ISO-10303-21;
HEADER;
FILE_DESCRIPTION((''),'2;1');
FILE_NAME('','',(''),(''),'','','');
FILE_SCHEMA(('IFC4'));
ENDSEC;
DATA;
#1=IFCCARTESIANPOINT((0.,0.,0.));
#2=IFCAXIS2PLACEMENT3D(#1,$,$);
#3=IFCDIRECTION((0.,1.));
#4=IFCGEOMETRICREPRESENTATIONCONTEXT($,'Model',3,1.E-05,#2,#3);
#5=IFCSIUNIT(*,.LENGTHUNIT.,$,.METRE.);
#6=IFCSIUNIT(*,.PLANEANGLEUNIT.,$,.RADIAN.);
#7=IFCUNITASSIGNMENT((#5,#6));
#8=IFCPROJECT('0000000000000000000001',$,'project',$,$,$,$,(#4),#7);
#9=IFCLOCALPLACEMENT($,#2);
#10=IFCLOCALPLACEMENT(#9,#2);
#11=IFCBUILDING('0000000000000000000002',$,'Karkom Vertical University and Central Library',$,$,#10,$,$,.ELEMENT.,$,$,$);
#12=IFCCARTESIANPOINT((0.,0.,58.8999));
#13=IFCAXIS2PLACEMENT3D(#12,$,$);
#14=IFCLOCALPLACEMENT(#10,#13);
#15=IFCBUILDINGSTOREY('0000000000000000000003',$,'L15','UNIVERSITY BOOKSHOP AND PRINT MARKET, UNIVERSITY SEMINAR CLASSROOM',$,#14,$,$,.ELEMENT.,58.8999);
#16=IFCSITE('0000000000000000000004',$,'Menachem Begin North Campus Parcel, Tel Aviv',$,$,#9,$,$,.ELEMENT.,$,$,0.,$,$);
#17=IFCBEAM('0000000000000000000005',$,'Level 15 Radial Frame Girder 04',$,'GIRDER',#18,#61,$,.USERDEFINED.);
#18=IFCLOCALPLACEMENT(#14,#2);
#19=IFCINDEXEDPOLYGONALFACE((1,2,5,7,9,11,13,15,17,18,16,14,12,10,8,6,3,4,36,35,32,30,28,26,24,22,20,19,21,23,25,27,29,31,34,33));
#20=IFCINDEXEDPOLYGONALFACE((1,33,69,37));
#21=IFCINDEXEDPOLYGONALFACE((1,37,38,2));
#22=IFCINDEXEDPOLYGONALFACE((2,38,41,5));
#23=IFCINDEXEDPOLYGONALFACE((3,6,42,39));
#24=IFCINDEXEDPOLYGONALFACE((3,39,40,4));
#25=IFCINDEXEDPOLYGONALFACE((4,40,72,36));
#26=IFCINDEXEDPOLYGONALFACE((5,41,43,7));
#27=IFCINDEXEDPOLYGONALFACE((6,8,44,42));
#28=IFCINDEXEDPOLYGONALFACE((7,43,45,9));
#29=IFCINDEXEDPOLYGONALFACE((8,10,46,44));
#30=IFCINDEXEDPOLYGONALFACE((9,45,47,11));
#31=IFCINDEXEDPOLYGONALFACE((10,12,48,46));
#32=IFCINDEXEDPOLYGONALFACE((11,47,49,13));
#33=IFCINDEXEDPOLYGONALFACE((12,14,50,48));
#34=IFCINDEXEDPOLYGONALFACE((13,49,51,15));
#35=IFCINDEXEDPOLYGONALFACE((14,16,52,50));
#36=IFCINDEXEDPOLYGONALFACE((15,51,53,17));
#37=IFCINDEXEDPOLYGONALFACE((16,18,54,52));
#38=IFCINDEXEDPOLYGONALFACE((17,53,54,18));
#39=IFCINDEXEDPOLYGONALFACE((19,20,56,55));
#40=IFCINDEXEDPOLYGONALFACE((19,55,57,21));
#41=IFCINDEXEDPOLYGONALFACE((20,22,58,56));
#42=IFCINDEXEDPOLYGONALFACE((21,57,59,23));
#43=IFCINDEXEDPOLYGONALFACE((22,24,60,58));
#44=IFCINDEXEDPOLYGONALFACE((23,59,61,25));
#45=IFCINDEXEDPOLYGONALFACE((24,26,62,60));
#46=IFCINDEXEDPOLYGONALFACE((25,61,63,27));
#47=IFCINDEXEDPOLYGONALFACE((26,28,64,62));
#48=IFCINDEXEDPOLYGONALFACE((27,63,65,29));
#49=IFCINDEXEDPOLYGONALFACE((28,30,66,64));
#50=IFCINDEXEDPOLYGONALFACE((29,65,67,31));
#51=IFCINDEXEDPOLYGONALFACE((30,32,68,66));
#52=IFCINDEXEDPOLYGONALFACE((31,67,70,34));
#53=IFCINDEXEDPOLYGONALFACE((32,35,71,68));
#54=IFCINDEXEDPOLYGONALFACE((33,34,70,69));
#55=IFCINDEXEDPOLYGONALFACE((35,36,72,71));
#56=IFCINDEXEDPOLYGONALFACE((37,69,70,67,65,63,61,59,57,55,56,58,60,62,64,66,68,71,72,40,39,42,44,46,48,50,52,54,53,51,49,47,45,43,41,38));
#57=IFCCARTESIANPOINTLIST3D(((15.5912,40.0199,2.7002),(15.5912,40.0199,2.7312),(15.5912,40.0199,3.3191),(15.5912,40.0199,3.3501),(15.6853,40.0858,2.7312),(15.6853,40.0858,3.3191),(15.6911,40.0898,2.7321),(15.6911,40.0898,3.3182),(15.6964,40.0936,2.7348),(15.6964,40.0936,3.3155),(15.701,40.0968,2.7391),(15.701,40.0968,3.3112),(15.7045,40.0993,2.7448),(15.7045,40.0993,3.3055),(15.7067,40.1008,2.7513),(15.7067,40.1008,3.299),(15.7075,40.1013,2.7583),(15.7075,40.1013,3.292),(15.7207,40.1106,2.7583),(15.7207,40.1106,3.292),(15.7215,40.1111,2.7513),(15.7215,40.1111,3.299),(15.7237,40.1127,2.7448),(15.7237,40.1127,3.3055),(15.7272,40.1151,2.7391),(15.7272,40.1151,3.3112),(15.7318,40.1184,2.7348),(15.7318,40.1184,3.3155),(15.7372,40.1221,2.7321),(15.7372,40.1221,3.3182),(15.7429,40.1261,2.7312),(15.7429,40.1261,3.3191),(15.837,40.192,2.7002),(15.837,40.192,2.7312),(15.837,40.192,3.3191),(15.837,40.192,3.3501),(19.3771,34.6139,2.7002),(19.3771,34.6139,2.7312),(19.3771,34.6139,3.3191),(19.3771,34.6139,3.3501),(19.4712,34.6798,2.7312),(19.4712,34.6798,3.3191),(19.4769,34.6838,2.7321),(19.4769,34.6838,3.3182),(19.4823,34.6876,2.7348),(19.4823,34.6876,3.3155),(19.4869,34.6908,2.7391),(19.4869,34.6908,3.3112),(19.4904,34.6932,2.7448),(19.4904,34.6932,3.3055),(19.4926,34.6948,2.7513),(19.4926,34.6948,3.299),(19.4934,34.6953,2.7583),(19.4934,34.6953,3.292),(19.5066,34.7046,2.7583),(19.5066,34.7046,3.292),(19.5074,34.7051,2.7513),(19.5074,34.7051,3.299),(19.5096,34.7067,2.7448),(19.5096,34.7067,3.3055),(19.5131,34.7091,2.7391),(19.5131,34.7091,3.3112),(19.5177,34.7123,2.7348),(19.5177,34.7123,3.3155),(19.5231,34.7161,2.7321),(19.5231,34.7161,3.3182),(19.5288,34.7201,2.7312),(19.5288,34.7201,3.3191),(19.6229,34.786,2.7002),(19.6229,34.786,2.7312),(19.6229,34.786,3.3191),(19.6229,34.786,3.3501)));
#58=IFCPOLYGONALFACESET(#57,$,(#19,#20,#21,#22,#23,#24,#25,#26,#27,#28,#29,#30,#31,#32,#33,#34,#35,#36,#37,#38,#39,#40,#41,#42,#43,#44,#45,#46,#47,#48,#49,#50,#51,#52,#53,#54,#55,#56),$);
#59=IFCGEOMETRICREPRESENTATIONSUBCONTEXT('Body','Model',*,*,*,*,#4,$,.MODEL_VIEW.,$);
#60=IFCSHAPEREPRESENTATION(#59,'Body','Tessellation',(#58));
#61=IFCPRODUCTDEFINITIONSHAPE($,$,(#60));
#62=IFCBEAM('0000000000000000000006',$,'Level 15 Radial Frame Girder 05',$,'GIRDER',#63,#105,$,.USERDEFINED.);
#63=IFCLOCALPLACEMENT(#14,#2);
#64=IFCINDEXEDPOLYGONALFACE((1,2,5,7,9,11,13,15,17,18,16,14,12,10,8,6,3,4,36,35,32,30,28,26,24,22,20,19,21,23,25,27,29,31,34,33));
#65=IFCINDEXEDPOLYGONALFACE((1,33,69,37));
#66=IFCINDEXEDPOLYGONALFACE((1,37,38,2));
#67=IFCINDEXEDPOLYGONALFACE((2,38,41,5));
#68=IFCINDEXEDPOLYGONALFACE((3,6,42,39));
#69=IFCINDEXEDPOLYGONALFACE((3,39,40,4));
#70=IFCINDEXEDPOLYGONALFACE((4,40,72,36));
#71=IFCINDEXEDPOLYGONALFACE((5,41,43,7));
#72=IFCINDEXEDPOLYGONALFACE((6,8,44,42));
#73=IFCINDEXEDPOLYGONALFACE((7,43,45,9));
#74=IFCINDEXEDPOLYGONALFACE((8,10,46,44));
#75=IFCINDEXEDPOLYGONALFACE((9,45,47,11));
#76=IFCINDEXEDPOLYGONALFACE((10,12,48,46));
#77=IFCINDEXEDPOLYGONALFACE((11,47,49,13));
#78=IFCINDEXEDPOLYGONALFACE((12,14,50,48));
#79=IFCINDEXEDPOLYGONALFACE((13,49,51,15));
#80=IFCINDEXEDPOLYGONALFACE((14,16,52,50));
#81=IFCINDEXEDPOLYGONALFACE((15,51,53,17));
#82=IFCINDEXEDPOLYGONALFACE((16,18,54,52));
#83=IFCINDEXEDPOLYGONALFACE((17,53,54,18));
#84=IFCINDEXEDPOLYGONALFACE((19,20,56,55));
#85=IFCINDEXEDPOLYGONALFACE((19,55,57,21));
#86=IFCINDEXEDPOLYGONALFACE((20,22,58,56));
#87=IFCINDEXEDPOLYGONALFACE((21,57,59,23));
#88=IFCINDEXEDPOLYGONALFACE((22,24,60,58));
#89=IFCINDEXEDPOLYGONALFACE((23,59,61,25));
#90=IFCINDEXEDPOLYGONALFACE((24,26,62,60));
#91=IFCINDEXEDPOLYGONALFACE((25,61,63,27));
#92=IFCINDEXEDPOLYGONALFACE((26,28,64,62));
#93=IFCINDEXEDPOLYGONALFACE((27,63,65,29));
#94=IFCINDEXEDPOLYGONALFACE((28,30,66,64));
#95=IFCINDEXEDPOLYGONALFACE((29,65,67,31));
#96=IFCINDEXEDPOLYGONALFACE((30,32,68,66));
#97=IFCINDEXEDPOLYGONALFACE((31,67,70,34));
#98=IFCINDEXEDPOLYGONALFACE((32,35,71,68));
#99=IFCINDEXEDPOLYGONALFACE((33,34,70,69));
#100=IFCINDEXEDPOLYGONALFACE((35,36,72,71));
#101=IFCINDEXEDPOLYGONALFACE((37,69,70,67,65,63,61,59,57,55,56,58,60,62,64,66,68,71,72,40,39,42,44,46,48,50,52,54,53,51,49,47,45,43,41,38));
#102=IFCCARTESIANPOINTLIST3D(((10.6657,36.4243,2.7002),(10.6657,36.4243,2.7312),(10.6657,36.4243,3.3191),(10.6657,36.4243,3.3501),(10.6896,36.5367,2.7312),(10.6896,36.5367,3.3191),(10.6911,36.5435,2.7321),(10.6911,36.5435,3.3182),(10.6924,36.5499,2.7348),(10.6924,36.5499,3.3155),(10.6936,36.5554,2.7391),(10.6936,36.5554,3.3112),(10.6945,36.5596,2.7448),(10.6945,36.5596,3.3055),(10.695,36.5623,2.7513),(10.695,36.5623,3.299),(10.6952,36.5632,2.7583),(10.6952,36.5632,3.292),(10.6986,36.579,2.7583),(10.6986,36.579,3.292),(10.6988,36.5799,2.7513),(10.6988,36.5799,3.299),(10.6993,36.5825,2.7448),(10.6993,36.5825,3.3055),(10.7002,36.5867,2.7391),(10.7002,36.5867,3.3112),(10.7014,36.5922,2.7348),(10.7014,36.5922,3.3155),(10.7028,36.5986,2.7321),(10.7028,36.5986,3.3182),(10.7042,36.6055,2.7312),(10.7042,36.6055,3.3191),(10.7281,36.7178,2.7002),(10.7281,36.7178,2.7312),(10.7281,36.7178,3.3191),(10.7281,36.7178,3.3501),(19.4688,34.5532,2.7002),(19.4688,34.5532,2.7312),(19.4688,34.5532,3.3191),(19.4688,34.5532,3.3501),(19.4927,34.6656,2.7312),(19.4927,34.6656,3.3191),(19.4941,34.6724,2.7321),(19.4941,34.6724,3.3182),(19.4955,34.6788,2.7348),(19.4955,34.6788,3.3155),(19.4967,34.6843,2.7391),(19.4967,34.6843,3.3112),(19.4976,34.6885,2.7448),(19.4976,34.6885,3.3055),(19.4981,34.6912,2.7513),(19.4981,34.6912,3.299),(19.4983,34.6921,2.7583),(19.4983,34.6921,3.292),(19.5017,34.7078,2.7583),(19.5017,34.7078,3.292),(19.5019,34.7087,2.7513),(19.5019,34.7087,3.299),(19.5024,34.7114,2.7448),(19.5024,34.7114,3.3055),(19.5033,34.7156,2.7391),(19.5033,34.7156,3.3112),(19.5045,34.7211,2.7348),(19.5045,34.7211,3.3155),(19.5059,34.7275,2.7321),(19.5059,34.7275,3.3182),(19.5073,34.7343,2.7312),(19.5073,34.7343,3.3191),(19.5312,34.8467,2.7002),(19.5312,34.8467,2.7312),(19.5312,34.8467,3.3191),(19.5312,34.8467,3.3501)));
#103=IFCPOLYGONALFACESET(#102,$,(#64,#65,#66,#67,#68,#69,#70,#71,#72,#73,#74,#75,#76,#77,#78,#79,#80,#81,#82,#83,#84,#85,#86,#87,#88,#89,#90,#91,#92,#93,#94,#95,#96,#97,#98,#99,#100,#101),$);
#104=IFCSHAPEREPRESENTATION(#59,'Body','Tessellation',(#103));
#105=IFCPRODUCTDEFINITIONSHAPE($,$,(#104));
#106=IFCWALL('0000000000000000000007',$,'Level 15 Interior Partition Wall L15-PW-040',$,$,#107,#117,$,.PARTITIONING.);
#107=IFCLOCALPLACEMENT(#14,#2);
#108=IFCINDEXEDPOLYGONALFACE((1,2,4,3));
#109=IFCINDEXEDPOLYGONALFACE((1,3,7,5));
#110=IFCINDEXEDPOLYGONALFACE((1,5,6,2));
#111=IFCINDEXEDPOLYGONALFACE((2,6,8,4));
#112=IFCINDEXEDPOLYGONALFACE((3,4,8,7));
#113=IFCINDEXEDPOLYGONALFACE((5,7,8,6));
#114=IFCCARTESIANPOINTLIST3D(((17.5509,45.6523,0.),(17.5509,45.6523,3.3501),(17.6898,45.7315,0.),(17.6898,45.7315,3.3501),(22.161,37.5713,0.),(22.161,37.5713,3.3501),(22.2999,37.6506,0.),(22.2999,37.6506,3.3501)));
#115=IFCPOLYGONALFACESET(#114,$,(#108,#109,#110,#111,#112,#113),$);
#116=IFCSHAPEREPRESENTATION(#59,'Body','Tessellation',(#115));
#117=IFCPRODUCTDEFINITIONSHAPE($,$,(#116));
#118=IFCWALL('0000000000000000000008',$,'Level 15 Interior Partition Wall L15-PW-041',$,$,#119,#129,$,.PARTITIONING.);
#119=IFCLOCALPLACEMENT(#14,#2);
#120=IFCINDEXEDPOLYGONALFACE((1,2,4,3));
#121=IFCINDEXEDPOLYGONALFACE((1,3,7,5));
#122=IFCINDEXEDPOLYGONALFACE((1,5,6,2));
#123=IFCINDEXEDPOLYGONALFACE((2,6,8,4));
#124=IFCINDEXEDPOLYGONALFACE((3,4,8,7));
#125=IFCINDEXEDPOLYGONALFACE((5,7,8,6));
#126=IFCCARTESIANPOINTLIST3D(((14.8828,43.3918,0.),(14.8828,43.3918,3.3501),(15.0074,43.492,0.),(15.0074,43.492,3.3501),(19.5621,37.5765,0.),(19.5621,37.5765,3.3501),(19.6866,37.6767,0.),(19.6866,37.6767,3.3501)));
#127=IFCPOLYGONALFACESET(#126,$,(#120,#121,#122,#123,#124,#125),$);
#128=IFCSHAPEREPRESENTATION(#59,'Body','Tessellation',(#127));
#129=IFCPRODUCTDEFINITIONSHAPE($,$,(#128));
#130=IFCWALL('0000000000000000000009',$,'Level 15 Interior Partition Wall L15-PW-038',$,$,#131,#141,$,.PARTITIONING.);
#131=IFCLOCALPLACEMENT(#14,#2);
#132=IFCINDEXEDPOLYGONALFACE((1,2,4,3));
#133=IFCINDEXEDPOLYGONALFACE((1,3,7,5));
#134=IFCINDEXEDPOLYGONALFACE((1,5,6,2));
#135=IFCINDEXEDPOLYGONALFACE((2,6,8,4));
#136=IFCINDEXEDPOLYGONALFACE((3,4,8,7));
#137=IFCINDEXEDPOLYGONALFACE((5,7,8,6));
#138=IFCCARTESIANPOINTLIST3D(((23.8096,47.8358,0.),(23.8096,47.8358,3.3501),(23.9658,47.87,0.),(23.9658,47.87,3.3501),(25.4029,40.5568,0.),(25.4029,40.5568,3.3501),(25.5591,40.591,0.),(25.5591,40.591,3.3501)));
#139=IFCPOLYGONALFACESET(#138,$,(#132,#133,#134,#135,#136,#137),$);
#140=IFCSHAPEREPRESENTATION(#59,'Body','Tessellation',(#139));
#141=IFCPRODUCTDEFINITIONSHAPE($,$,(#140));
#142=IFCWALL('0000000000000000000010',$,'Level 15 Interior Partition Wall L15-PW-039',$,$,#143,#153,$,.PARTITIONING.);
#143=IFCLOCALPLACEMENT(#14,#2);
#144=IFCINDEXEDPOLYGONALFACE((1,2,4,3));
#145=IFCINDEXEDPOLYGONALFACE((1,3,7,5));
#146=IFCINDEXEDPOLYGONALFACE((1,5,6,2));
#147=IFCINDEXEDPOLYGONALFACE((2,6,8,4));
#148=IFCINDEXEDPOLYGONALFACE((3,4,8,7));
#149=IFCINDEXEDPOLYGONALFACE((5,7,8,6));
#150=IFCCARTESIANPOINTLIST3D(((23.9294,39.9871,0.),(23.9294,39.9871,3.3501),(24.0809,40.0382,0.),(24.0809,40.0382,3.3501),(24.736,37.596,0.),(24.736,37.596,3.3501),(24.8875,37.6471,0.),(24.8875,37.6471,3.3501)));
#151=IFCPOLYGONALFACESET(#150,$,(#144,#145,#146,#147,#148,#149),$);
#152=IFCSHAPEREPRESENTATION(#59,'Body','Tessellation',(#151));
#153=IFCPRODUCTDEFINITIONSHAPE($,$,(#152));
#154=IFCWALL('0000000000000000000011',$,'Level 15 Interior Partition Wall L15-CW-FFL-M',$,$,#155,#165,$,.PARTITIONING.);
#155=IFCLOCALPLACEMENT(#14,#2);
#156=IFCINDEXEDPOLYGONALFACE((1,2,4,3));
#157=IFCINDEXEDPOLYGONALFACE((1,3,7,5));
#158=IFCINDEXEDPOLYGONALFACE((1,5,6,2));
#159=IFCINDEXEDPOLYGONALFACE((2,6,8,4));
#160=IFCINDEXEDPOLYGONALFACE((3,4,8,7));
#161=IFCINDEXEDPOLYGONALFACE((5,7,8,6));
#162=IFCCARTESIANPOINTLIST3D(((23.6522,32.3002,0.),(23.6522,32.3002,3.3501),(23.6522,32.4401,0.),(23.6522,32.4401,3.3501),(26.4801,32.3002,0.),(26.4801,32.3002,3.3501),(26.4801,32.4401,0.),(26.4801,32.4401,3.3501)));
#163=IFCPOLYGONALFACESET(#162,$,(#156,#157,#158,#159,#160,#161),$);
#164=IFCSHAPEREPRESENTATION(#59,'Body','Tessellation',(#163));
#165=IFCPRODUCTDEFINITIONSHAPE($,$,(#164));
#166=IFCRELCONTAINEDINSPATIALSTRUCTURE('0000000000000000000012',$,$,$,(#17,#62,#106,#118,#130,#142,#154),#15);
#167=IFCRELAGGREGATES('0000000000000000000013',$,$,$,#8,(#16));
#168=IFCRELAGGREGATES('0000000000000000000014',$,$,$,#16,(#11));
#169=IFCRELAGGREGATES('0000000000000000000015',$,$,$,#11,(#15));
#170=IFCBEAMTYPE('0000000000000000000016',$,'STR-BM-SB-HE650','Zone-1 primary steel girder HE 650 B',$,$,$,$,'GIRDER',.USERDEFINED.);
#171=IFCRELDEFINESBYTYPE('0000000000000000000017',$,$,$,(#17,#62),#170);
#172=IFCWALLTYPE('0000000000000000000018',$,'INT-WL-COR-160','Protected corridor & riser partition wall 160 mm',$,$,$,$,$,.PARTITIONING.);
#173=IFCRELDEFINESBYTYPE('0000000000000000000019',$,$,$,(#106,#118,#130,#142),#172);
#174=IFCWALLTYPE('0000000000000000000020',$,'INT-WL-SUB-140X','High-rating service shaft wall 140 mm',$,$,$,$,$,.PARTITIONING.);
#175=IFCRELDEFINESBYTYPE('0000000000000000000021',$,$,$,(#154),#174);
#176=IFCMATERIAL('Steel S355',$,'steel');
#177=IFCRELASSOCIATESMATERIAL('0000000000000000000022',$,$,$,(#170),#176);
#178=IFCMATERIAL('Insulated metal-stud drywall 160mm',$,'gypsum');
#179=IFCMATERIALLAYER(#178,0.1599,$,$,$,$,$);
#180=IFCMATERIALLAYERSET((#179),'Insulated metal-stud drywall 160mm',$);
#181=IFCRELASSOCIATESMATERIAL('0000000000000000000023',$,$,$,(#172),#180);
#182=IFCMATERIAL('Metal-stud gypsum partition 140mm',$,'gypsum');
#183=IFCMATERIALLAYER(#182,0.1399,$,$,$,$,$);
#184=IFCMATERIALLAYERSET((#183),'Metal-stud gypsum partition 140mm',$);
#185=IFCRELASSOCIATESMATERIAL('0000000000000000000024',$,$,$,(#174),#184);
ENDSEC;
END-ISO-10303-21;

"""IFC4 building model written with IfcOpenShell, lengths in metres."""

from ifc_helpers import new_model, si_unit, direction, frame, frame_2d, origin, origin_with_axes, origin_2d, place, context, subcontext, project, spatial, rectangle, i_section, extrude, source, transform, mapped, material, layer, layer_set, material_profile, profile_set, type_object, element, save


model = new_model("IFC4")

# Units and contexts
model_context = context("Model", 3, precision=1e-05, world=origin(), true_north=direction((0.0, 1.0)))
body_context = subcontext(model_context, "Body", "Model", "MODEL_VIEW")
ifc_project = project(units=[si_unit("LENGTHUNIT", "METRE"), si_unit("PLANEANGLEUNIT", "RADIAN")], contexts=[model_context])

# Site, building, storey
site_placement = place(None, origin())
site = spatial("IfcSite", under=ifc_project, at=site_placement, Name="Menachem Begin North Campus Parcel, Tel Aviv", CompositionType="ELEMENT", RefElevation=0.0)
building_placement = place(site_placement, origin())
building = spatial("IfcBuilding", under=site, at=building_placement, Name="Karkom Vertical University and Central Library", CompositionType="ELEMENT")
storey_placement = place(building_placement, frame((0.0, 0.0, 58.8999)))
storey = spatial("IfcBuildingStorey", under=building, at=storey_placement, Name="L15", Description="UNIVERSITY BOOKSHOP AND PRINT MARKET, UNIVERSITY SEMINAR CLASSROOM", CompositionType="ELEMENT", Elevation=58.8999)

# Beams
ifc_material_1 = material(Name="Steel S355", Category="steel")
ifc_material_profile_1 = material_profile(ifc_material_1, i_section(OverallWidth=0.3, OverallDepth=0.6499, WebThickness=0.0161, FlangeThickness=0.031, FilletRadius=0.0271, at=origin_2d()), Name="HE 650 B")
ifc_profile_set_1 = profile_set([ifc_material_profile_1], Name="Steel S355")
beam_type = type_object("IfcBeamType", Name="STR-BM-SB-HE650", Description="Zone-1 primary steel girder HE 650 B", ElementType="GIRDER", PredefinedType="USERDEFINED", material=ifc_profile_set_1)
shared_shape_1 = source(origin_with_axes(), body_context, "Body", "SweptSolid", [
    extrude(i_section(OverallWidth=0.3, OverallDepth=0.6499, WebThickness=0.0161, FlangeThickness=0.031, FilletRadius=0.0271, at=origin_2d()), origin(), (0.0, 0.0, 1.0), 6.5999),
])
beam_1_placement = place(storey_placement, frame((19.5, 34.7, 3.0251), z_axis=(-0.573634, 0.819112, 0.0), x_axis=(-0.819112, -0.573634, 0.0)))
element("IfcBeam", 1, at=beam_1_placement, inside=storey, type_object=beam_type, Name="Level 15 Radial Frame Girder 04", ObjectType="GIRDER", PredefinedType="USERDEFINED", context=body_context, shape_type="MappedRepresentation", body=[
    mapped(shared_shape_1, transform((0.0, 0.0, 0.0), scale=1.0)),
])
shared_shape_2 = source(origin_with_axes(), body_context, "Body", "SweptSolid", [
    extrude(i_section(OverallWidth=0.3, OverallDepth=0.6499, WebThickness=0.0161, FlangeThickness=0.031, FilletRadius=0.0271, at=origin_2d()), origin(), (0.0, 0.0, 1.0), 8.9998),
])
beam_2_placement = place(storey_placement, frame((19.5, 34.7, 3.0251), z_axis=(-0.978148, 0.207908, 0.0), x_axis=(-0.207908, -0.978148, 0.0)))
element("IfcBeam", 2, at=beam_2_placement, inside=storey, type_object=beam_type, Name="Level 15 Radial Frame Girder 05", ObjectType="GIRDER", PredefinedType="USERDEFINED", context=body_context, shape_type="MappedRepresentation", body=[
    mapped(shared_shape_2, transform((0.0, 0.0, 0.0), scale=1.0)),
])

# Walls
ifc_material_2 = material(Name="Insulated metal-stud drywall 160mm", Category="gypsum")
ifc_layer_1 = layer(ifc_material_2, 0.1599)
ifc_layer_set_1 = layer_set([ifc_layer_1], Name="Insulated metal-stud drywall 160mm")
wall_type_1 = type_object("IfcWallType", Name="INT-WL-COR-160", Description="Protected corridor & riser partition wall 160 mm", PredefinedType="PARTITIONING", material=ifc_layer_set_1)
wall_1_placement = place(storey_placement, frame((22.2305, 37.6108, 0.0), z_axis=(0.0, 0.0, 1.0), x_axis=(-0.49552, 0.868597, 0.0)))
element("IfcWall", 3, at=wall_1_placement, inside=storey, type_object=wall_type_1, Name="Level 15 Interior Partition Wall L15-PW-040", PredefinedType="PARTITIONING", context=body_context, shape_type="SweptSolid", body=[
    extrude(rectangle(XDim=9.3035, YDim=0.1599, at=frame_2d((4.6519, 0.0))), origin(), (0.0, 0.0, 1.0), 3.3501),
])
wall_2_placement = place(storey_placement, frame((19.6243, 37.6267, 0.0), z_axis=(0.0, 0.0, 1.0), x_axis=(-0.626902, 0.779098, 0.0)))
element("IfcWall", 4, at=wall_2_placement, inside=storey, type_object=wall_type_1, Name="Level 15 Interior Partition Wall L15-PW-041", PredefinedType="PARTITIONING", context=body_context, shape_type="SweptSolid", body=[
    extrude(rectangle(XDim=7.4641, YDim=0.1599, at=frame_2d((3.7319, 0.0))), origin(), (0.0, 0.0, 1.0), 3.3501),
])
wall_3_placement = place(storey_placement, frame((25.481, 40.574, 0.0), z_axis=(0.0, 0.0, 1.0), x_axis=(-0.213821, 0.976873, 0.0)))
element("IfcWall", 5, at=wall_3_placement, inside=storey, type_object=wall_type_1, Name="Level 15 Interior Partition Wall L15-PW-038", PredefinedType="PARTITIONING", context=body_context, shape_type="SweptSolid", body=[
    extrude(rectangle(XDim=7.4514, YDim=0.1599, at=frame_2d((3.7256, 0.0))), origin(), (0.0, 0.0, 1.0), 3.3501),
])
wall_4_placement = place(storey_placement, frame((24.8118, 37.6216, 0.0), z_axis=(0.0, 0.0, 1.0), x_axis=(-0.319651, 0.947536, 0.0)))
element("IfcWall", 6, at=wall_4_placement, inside=storey, type_object=wall_type_1, Name="Level 15 Interior Partition Wall L15-PW-039", PredefinedType="PARTITIONING", context=body_context, shape_type="SweptSolid", body=[
    extrude(rectangle(XDim=2.5234, YDim=0.1599, at=frame_2d((1.2617, 0.0))), origin(), (0.0, 0.0, 1.0), 3.3501),
])
ifc_material_3 = material(Name="Metal-stud gypsum partition 140mm", Category="gypsum")
ifc_layer_2 = layer(ifc_material_3, 0.1399)
ifc_layer_set_2 = layer_set([ifc_layer_2], Name="Metal-stud gypsum partition 140mm")
wall_type_2 = type_object("IfcWallType", Name="INT-WL-SUB-140X", Description="High-rating service shaft wall 140 mm", PredefinedType="PARTITIONING", material=ifc_layer_set_2)
wall_5_placement = place(storey_placement, frame((23.6521, 32.3701, 0.0), z_axis=(0.0, 0.0, 1.0), x_axis=(1.0, 0.0, 0.0)))
element("IfcWall", 7, at=wall_5_placement, inside=storey, type_object=wall_type_2, Name="Level 15 Interior Partition Wall L15-CW-FFL-M", PredefinedType="PARTITIONING", context=body_context, shape_type="SweptSolid", body=[
    extrude(rectangle(XDim=2.8279, YDim=0.1399, at=frame_2d((1.4141, 0.0))), origin(), (0.0, 0.0, 1.0), 3.3501),
])

save(model, "model.ifc")
